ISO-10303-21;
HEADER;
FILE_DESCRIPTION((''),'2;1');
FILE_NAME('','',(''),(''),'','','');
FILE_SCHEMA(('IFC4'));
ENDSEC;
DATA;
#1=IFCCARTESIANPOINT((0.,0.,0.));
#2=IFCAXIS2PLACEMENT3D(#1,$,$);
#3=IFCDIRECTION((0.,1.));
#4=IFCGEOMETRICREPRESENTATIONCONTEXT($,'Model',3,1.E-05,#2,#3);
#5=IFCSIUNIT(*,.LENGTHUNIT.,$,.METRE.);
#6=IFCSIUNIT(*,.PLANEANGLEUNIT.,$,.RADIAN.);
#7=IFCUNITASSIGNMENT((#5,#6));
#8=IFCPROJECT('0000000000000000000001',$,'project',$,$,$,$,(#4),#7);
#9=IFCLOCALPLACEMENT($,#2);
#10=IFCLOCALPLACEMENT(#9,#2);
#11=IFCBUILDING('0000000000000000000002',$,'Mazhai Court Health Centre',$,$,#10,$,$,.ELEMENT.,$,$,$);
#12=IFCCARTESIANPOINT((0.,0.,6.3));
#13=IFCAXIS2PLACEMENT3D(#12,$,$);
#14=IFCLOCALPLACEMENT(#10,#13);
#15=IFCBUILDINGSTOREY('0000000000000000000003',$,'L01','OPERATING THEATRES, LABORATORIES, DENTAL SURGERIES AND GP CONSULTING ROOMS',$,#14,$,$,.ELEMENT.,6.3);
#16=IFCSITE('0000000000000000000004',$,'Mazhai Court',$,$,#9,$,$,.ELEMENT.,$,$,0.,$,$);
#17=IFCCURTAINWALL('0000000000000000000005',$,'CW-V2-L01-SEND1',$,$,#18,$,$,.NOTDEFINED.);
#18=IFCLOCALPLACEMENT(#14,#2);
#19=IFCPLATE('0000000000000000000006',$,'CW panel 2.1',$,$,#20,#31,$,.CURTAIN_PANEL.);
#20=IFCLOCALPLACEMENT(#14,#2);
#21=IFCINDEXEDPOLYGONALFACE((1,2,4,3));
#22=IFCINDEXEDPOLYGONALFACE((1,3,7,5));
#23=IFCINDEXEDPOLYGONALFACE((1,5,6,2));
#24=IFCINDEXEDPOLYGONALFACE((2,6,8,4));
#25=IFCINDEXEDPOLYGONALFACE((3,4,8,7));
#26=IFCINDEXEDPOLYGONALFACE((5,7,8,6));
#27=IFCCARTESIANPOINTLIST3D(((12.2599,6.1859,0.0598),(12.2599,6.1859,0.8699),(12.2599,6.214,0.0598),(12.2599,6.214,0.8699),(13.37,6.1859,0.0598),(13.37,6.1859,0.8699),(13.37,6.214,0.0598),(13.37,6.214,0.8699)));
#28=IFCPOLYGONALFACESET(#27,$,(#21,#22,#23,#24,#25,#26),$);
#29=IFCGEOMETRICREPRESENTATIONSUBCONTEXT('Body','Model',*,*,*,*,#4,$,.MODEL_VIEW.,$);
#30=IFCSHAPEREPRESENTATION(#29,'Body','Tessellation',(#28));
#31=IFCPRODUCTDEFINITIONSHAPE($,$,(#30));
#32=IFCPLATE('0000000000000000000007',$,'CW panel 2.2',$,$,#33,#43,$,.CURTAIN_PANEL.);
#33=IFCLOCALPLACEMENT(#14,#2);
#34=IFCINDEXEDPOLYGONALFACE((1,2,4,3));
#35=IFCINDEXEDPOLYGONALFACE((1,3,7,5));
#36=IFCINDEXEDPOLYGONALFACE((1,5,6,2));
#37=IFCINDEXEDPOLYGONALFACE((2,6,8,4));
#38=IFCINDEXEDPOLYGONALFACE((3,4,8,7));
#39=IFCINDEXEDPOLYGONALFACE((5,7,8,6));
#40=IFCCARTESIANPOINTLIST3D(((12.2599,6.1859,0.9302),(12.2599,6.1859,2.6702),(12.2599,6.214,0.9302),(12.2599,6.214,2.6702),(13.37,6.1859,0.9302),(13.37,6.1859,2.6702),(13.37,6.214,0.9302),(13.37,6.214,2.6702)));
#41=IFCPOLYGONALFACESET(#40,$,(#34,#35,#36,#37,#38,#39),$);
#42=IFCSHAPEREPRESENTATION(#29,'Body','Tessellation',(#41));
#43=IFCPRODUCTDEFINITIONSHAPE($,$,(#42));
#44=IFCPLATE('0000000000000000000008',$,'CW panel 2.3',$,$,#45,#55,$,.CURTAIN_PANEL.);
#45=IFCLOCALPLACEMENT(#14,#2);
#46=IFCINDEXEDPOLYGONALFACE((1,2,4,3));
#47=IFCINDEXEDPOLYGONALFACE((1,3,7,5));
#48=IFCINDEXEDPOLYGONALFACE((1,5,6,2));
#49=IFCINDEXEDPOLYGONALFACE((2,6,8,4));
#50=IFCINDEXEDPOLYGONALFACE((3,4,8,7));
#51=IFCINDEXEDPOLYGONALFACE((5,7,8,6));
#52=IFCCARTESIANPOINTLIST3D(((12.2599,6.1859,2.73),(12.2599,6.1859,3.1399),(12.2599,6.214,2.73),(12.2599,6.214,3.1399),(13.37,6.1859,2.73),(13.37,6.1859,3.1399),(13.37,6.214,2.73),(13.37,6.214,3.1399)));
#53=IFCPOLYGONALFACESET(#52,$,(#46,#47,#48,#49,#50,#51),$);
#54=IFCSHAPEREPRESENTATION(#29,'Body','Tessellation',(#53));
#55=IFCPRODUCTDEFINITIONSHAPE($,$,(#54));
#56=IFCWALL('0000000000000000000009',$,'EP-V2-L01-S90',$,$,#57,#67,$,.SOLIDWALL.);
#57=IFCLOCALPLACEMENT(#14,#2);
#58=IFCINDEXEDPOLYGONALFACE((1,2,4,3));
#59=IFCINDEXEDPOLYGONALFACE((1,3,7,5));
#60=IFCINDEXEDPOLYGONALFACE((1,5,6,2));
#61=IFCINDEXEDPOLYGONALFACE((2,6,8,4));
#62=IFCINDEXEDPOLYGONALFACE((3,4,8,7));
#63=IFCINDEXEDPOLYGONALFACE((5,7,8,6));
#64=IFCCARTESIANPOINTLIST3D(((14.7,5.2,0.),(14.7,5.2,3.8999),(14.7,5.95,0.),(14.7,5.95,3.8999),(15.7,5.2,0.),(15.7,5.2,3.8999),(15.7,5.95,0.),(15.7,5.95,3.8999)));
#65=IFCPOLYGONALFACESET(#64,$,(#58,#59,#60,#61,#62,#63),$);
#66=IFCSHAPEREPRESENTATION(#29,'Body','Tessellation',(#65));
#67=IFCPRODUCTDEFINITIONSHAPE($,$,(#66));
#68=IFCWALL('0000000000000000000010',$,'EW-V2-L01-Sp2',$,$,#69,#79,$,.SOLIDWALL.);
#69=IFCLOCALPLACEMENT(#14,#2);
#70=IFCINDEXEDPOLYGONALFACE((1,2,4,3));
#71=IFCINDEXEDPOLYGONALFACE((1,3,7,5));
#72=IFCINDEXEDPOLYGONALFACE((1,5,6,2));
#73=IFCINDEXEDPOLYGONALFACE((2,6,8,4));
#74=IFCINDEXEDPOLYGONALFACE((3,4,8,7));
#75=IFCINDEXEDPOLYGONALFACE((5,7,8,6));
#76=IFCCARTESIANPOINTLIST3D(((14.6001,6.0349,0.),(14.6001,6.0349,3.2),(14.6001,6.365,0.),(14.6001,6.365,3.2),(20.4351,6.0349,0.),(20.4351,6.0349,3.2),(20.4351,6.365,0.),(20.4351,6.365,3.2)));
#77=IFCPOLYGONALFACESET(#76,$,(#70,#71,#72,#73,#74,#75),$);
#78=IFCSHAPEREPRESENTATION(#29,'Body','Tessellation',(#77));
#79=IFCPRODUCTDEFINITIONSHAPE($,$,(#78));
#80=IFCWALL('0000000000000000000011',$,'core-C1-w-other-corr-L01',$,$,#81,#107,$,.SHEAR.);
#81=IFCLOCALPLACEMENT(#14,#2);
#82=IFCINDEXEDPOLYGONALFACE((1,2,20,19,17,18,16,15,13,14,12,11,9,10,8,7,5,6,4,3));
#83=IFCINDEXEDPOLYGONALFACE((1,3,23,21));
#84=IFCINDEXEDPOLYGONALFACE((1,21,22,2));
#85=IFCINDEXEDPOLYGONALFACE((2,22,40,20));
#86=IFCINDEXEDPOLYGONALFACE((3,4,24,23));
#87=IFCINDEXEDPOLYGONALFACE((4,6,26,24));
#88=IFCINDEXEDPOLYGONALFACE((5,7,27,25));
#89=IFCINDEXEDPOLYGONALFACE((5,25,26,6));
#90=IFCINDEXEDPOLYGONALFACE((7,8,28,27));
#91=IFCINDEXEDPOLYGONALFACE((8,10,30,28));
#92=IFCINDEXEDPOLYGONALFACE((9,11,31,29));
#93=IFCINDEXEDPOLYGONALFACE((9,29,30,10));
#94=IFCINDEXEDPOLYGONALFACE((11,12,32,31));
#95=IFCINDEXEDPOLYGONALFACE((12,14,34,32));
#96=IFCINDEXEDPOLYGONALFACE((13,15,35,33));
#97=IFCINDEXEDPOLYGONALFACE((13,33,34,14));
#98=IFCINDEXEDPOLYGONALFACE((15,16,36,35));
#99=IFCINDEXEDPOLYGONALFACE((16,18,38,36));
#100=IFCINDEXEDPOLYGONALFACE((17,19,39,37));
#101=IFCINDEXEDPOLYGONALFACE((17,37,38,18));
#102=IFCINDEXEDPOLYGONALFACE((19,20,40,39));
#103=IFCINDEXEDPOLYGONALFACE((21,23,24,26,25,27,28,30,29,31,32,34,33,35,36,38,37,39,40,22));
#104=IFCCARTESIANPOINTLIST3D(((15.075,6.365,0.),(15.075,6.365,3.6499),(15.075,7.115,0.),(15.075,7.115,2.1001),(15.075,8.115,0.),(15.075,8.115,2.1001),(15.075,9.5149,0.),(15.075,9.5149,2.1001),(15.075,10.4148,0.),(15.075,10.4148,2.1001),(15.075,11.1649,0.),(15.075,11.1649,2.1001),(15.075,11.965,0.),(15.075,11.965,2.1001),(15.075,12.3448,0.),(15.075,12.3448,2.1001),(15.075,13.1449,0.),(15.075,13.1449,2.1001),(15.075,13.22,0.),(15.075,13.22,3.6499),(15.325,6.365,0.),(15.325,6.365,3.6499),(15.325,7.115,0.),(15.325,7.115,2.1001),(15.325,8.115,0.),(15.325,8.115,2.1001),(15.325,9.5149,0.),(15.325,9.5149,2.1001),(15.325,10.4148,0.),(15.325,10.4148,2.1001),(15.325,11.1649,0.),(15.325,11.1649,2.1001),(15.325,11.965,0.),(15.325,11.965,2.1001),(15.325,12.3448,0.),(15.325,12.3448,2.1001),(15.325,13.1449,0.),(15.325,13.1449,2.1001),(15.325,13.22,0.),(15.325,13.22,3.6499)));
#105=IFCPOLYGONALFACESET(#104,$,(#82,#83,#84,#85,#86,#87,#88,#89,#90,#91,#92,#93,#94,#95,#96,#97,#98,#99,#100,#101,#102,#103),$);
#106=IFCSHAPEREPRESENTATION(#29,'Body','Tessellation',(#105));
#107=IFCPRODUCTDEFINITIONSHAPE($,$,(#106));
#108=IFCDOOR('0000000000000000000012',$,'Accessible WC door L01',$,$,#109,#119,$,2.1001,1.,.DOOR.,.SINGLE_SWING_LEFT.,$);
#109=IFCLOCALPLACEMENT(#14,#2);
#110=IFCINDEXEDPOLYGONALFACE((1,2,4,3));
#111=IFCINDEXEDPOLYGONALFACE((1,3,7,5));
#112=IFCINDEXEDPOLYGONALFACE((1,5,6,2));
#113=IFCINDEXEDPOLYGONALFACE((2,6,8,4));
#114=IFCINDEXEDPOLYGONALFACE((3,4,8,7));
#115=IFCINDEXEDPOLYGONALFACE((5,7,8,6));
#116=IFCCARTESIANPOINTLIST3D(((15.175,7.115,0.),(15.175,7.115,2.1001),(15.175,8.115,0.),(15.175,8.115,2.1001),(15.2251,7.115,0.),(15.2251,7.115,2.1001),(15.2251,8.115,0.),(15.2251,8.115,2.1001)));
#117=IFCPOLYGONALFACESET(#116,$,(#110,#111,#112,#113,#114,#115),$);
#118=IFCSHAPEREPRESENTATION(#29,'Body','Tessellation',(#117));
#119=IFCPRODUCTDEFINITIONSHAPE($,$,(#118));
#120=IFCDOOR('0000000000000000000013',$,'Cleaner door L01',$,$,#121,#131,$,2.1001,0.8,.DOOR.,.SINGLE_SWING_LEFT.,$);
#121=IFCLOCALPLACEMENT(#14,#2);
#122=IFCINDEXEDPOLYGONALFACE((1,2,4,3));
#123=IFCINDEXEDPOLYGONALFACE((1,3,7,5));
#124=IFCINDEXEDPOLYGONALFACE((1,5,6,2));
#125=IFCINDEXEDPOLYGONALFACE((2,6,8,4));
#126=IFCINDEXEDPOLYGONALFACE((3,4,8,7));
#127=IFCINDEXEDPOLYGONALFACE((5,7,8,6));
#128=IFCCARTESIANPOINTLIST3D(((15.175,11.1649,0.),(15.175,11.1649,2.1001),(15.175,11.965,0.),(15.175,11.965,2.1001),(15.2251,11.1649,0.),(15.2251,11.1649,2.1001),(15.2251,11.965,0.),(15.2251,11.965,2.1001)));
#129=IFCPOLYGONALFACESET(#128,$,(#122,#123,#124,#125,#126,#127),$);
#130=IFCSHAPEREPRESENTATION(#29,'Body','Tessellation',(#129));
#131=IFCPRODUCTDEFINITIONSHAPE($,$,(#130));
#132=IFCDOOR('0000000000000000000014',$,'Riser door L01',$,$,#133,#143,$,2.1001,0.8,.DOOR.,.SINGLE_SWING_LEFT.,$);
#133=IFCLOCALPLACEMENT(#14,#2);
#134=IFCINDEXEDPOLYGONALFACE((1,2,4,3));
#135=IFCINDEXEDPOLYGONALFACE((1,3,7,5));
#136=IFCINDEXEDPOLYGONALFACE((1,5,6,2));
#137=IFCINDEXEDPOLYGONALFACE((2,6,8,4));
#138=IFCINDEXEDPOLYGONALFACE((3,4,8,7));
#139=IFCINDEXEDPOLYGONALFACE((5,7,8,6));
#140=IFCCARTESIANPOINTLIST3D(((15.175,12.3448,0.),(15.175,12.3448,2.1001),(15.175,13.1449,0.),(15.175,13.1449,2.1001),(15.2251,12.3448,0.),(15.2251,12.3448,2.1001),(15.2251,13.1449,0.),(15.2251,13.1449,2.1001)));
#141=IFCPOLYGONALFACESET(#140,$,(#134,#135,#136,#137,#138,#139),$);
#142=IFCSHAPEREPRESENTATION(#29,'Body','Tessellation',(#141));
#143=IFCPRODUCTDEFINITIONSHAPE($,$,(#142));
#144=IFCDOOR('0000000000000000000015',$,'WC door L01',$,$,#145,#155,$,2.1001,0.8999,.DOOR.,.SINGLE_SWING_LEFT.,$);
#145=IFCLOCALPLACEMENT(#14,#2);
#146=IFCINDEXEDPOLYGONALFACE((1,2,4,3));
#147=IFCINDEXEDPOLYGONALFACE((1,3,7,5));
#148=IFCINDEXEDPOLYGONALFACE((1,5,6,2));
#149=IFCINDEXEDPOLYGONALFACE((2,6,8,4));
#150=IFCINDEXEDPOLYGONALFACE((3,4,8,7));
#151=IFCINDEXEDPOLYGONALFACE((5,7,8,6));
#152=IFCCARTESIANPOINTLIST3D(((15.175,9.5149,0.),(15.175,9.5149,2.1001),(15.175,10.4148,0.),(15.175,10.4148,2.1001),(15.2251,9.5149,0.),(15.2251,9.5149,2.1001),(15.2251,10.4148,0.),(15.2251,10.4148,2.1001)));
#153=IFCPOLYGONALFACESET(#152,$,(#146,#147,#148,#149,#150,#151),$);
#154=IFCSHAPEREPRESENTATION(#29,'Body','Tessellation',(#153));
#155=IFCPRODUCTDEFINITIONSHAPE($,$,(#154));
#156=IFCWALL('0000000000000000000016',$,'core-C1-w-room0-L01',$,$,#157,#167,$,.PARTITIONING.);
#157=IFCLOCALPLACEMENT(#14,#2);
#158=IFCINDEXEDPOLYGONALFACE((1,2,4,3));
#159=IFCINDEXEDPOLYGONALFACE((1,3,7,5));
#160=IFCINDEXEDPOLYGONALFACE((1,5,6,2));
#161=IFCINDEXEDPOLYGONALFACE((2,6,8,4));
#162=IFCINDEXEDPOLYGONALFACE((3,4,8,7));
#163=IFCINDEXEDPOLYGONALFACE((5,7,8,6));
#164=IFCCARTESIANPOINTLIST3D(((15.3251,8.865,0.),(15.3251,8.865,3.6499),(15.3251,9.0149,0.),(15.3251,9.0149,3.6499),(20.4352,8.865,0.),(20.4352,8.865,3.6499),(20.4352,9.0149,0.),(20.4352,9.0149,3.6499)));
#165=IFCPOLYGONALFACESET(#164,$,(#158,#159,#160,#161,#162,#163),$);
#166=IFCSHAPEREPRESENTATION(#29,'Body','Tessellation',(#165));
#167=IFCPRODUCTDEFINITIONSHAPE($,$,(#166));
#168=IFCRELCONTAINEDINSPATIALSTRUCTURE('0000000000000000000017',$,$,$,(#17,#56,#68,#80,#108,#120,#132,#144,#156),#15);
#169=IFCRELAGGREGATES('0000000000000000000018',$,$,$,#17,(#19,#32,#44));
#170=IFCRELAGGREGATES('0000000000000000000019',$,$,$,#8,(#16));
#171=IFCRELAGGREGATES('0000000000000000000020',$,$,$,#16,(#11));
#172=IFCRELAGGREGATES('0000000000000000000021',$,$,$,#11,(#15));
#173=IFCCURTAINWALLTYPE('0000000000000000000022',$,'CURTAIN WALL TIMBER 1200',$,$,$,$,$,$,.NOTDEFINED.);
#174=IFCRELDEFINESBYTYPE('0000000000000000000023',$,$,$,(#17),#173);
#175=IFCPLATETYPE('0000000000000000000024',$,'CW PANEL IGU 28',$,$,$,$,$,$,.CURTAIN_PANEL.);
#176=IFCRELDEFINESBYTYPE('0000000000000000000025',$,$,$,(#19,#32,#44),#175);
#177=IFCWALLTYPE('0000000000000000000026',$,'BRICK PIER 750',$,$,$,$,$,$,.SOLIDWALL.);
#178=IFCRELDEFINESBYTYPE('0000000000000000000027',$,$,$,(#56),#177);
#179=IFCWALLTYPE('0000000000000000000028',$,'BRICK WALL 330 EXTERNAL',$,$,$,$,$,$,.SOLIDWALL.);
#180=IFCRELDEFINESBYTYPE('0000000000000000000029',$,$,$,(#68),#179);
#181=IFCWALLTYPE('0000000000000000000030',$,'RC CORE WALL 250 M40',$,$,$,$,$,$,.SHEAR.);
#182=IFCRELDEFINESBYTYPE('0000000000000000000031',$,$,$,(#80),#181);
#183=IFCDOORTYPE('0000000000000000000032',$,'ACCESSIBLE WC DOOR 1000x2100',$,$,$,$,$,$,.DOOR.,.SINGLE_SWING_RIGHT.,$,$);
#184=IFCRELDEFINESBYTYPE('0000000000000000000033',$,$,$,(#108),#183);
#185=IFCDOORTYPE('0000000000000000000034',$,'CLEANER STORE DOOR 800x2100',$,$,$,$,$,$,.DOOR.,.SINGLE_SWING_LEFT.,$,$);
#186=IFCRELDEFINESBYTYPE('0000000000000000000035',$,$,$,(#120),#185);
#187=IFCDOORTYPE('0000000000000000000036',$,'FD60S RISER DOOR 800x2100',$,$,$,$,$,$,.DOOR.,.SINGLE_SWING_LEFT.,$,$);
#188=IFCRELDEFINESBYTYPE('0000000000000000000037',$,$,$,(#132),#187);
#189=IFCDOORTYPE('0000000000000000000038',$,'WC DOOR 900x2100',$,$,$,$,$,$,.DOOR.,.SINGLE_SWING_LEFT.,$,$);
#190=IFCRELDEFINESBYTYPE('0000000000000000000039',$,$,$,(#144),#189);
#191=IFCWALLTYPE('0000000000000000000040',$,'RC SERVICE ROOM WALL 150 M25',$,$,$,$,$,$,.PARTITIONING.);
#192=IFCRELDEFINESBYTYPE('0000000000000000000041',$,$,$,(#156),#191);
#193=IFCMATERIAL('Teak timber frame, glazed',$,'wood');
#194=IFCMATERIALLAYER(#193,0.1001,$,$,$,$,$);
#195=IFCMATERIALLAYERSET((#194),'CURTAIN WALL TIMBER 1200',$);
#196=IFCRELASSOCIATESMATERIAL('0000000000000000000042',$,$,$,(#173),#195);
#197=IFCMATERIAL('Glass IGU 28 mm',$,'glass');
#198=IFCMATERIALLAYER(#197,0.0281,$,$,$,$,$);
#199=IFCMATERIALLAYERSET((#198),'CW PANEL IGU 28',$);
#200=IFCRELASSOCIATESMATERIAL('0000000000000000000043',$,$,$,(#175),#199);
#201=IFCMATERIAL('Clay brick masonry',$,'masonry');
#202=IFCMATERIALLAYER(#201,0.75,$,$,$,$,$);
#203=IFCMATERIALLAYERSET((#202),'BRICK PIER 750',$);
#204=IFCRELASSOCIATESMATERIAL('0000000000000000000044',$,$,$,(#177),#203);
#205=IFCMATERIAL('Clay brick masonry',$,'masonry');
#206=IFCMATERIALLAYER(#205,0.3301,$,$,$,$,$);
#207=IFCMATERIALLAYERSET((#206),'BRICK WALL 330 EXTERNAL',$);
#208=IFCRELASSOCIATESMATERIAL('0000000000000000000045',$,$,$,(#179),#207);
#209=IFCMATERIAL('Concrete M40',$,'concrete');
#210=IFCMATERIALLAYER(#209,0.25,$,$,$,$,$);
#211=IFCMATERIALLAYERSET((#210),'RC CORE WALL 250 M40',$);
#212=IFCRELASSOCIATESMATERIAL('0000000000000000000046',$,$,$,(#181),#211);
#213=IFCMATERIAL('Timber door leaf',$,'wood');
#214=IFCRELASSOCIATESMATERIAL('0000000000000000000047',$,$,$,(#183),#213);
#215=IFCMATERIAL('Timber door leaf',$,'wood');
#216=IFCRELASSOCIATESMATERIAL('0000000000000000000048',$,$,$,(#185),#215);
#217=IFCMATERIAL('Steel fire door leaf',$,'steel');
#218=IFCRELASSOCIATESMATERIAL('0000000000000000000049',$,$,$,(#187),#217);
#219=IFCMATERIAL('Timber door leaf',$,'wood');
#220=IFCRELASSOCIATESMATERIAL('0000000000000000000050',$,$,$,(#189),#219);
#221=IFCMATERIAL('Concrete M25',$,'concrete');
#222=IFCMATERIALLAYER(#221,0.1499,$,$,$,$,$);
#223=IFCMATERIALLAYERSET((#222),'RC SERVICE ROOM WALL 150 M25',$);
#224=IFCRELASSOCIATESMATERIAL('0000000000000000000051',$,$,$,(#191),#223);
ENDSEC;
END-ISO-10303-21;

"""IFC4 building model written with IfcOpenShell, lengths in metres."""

from ifc_helpers import new_model, si_unit, direction, frame, frame_2d, origin, origin_2d, place, context, subcontext, project, spatial, rectangle, extrude, material, layer, layer_set, type_object, element, fill, aggregate, save


model = new_model("IFC4")

# Units and contexts
model_context = context("Model", 3, precision=1e-05, world=origin(), true_north=direction((0.0, 1.0)))
body_context = subcontext(model_context, "Body", "Model", "MODEL_VIEW")
ifc_project = project(units=[si_unit("LENGTHUNIT", "METRE"), si_unit("PLANEANGLEUNIT", "RADIAN")], contexts=[model_context])

# Site, building, storey
site_placement = place(None, origin())
site = spatial("IfcSite", under=ifc_project, at=site_placement, Name="Mazhai Court", CompositionType="ELEMENT", RefElevation=0.0)
building_placement = place(site_placement, origin())
building = spatial("IfcBuilding", under=site, at=building_placement, Name="Mazhai Court Health Centre", CompositionType="ELEMENT")
storey_placement = place(building_placement, frame((0.0, 0.0, 6.3)))
storey = spatial("IfcBuildingStorey", under=building, at=storey_placement, Name="L01", Description="OPERATING THEATRES, LABORATORIES, DENTAL SURGERIES AND GP CONSULTING ROOMS", CompositionType="ELEMENT", Elevation=6.3)

# Curtain wall, plates
ifc_material_1 = material(Name="Teak timber frame, glazed", Category="wood")
ifc_layer_1 = layer(ifc_material_1, 0.1001)
ifc_layer_set_1 = layer_set([ifc_layer_1], Name="CURTAIN WALL TIMBER 1200")
curtain_wall_type = type_object("IfcCurtainWallType", Name="CURTAIN WALL TIMBER 1200", PredefinedType="NOTDEFINED", material=ifc_layer_set_1)
curtain_wall_placement = place(storey_placement, origin())
curtain_wall = element("IfcCurtainWall", 1, at=curtain_wall_placement, inside=storey, type_object=curtain_wall_type, Name="CW-V2-L01-SEND1", PredefinedType="NOTDEFINED")
ifc_material_2 = material(Name="Glass IGU 28 mm", Category="glass")
ifc_layer_2 = layer(ifc_material_2, 0.0281)
ifc_layer_set_2 = layer_set([ifc_layer_2], Name="CW PANEL IGU 28")
plate_type = type_object("IfcPlateType", Name="CW PANEL IGU 28", PredefinedType="CURTAIN_PANEL", material=ifc_layer_set_2)
plate_1_placement = place(storey_placement, frame((12.8149, 6.2, 0.0598), z_axis=(0.0, 0.0, 1.0), x_axis=(-1.0, 0.0, 0.0)))
plate_1 = element("IfcPlate", 2, at=plate_1_placement, type_object=plate_type, Name="CW panel 2.1", PredefinedType="CURTAIN_PANEL", context=body_context, shape_type="SweptSolid", body=[
    extrude(rectangle(XDim=1.1101, YDim=0.0281, at=origin_2d()), origin(), (0.0, 0.0, 1.0), 0.8101),
])
plate_2_placement = place(storey_placement, frame((12.8149, 6.2, 0.9302), z_axis=(0.0, 0.0, 1.0), x_axis=(-1.0, 0.0, 0.0)))
plate_2 = element("IfcPlate", 3, at=plate_2_placement, type_object=plate_type, Name="CW panel 2.2", PredefinedType="CURTAIN_PANEL", context=body_context, shape_type="SweptSolid", body=[
    extrude(rectangle(XDim=1.1101, YDim=0.0281, at=origin_2d()), origin(), (0.0, 0.0, 1.0), 1.74),
])
plate_3_placement = place(storey_placement, frame((12.8149, 6.2, 2.73), z_axis=(0.0, 0.0, 1.0), x_axis=(-1.0, 0.0, 0.0)))
plate_3 = element("IfcPlate", 4, at=plate_3_placement, type_object=plate_type, Name="CW panel 2.3", PredefinedType="CURTAIN_PANEL", context=body_context, shape_type="SweptSolid", body=[
    extrude(rectangle(XDim=1.1101, YDim=0.0281, at=origin_2d()), origin(), (0.0, 0.0, 1.0), 0.4099),
])
aggregate(curtain_wall, [plate_1, plate_2, plate_3])

# Walls
ifc_material_3 = material(Name="Clay brick masonry", Category="masonry")
ifc_layer_3 = layer(ifc_material_3, 0.75)
ifc_layer_set_3 = layer_set([ifc_layer_3], Name="BRICK PIER 750")
wall_type_1 = type_object("IfcWallType", Name="BRICK PIER 750", PredefinedType="SOLIDWALL", material=ifc_layer_set_3)
wall_1_placement = place(storey_placement, frame((15.7, 5.575, 0.0), z_axis=(0.0, 0.0, 1.0), x_axis=(-1.0, 0.0, 0.0)))
element("IfcWall", 5, at=wall_1_placement, inside=storey, type_object=wall_type_1, Name="EP-V2-L01-S90", PredefinedType="SOLIDWALL", context=body_context, shape_type="SweptSolid", body=[
    extrude(rectangle(XDim=1.0, YDim=0.75, at=frame_2d((0.5, 0.0))), origin(), (0.0, 0.0, 1.0), 3.8999),
])
ifc_material_4 = material(Name="Clay brick masonry", Category="masonry")
ifc_layer_4 = layer(ifc_material_4, 0.3301)
ifc_layer_set_4 = layer_set([ifc_layer_4], Name="BRICK WALL 330 EXTERNAL")
wall_type_2 = type_object("IfcWallType", Name="BRICK WALL 330 EXTERNAL", PredefinedType="SOLIDWALL", material=ifc_layer_set_4)
wall_2_placement = place(storey_placement, frame((20.4351, 6.2, 0.0), z_axis=(0.0, 0.0, 1.0), x_axis=(-1.0, 0.0, 0.0)))
element("IfcWall", 6, at=wall_2_placement, inside=storey, type_object=wall_type_2, Name="EW-V2-L01-Sp2", PredefinedType="SOLIDWALL", context=body_context, shape_type="SweptSolid", body=[
    extrude(rectangle(XDim=5.835, YDim=0.3301, at=frame_2d((2.9175, 0.0))), origin(), (0.0, 0.0, 1.0), 3.2),
])

# Wall, openings, doors
ifc_material_5 = material(Name="Concrete M40", Category="concrete")
ifc_layer_5 = layer(ifc_material_5, 0.25)
ifc_layer_set_5 = layer_set([ifc_layer_5], Name="RC CORE WALL 250 M40")
wall_type_3 = type_object("IfcWallType", Name="RC CORE WALL 250 M40", PredefinedType="SHEAR", material=ifc_layer_set_5)
wall_3_placement = place(storey_placement, frame((15.2, 6.365, 0.0), z_axis=(0.0, 0.0, 1.0), x_axis=(0.0, 1.0, 0.0)))
wall_3 = element("IfcWall", 7, at=wall_3_placement, inside=storey, type_object=wall_type_3, Name="core-C1-w-other-corr-L01", PredefinedType="SHEAR", context=body_context, shape_type="SweptSolid", body=[
    extrude(rectangle(XDim=6.855, YDim=0.25, at=frame_2d((3.4275, 0.0))), origin(), (0.0, 0.0, 1.0), 3.6499),
])
opening_1_placement = place(wall_3_placement, frame((0.75, 0.0, 0.0)))
opening_1 = element("IfcOpeningElement", 8, at=opening_1_placement, cuts=wall_3, PredefinedType="OPENING", context=body_context, shape_type="SweptSolid", body=[
    extrude(rectangle(XDim=1.0, YDim=2.1001, at=frame_2d((0.5, 1.05))), frame((0.0, 0.135, 0.0), z_axis=(0.0, -1.0, 0.0), x_axis=(1.0, 0.0, 0.0)), (0.0, 0.0, 1.0), 0.27),
])
opening_2_placement = place(wall_3_placement, frame((3.1499, 0.0, 0.0)))
opening_2 = element("IfcOpeningElement", 9, at=opening_2_placement, cuts=wall_3, PredefinedType="OPENING", context=body_context, shape_type="SweptSolid", body=[
    extrude(rectangle(XDim=0.8999, YDim=2.1001, at=frame_2d((0.45, 1.05))), frame((0.0, 0.135, 0.0), z_axis=(0.0, -1.0, 0.0), x_axis=(1.0, 0.0, 0.0)), (0.0, 0.0, 1.0), 0.27),
])
opening_3_placement = place(wall_3_placement, frame((4.8, 0.0, 0.0)))
opening_3 = element("IfcOpeningElement", 10, at=opening_3_placement, cuts=wall_3, PredefinedType="OPENING", context=body_context, shape_type="SweptSolid", body=[
    extrude(rectangle(XDim=0.8, YDim=2.1001, at=frame_2d((0.3999, 1.05))), frame((0.0, 0.135, 0.0), z_axis=(0.0, -1.0, 0.0), x_axis=(1.0, 0.0, 0.0)), (0.0, 0.0, 1.0), 0.27),
])
opening_4_placement = place(wall_3_placement, frame((5.98, 0.0, 0.0)))
opening_4 = element("IfcOpeningElement", 11, at=opening_4_placement, cuts=wall_3, PredefinedType="OPENING", context=body_context, shape_type="SweptSolid", body=[
    extrude(rectangle(XDim=0.8, YDim=2.1001, at=frame_2d((0.3999, 1.05))), frame((0.0, 0.135, 0.0), z_axis=(0.0, -1.0, 0.0), x_axis=(1.0, 0.0, 0.0)), (0.0, 0.0, 1.0), 0.27),
])
ifc_material_6 = material(Name="Timber door leaf", Category="wood")
door_type_1 = type_object("IfcDoorType", Name="ACCESSIBLE WC DOOR 1000x2100", OperationType="SINGLE_SWING_RIGHT", PredefinedType="DOOR", material=ifc_material_6)
door_1_placement = place(opening_1_placement, origin())
door_1 = element("IfcDoor", 12, at=door_1_placement, inside=storey, type_object=door_type_1, Name="Accessible WC door L01", OperationType="SINGLE_SWING_LEFT", OverallHeight=2.1001, OverallWidth=1.0, PredefinedType="DOOR", context=body_context, shape_type="SweptSolid", body=[
    extrude(rectangle(XDim=1.0, YDim=2.1001, at=frame_2d((0.5, 1.05))), frame((0.0, 0.0249, 0.0), z_axis=(0.0, -1.0, 0.0), x_axis=(1.0, 0.0, 0.0)), (0.0, 0.0, 1.0), 0.05),
])
fill(opening_1, door_1)
ifc_material_7 = material(Name="Timber door leaf", Category="wood")
door_type_2 = type_object("IfcDoorType", Name="CLEANER STORE DOOR 800x2100", OperationType="SINGLE_SWING_LEFT", PredefinedType="DOOR", material=ifc_material_7)
door_2_placement = place(opening_3_placement, origin())
door_2 = element("IfcDoor", 13, at=door_2_placement, inside=storey, type_object=door_type_2, Name="Cleaner door L01", OperationType="SINGLE_SWING_LEFT", OverallHeight=2.1001, OverallWidth=0.8, PredefinedType="DOOR", context=body_context, shape_type="SweptSolid", body=[
    extrude(rectangle(XDim=0.8, YDim=2.1001, at=frame_2d((0.3999, 1.05))), frame((0.0, 0.0249, 0.0), z_axis=(0.0, -1.0, 0.0), x_axis=(1.0, 0.0, 0.0)), (0.0, 0.0, 1.0), 0.05),
])
fill(opening_3, door_2)
ifc_material_8 = material(Name="Steel fire door leaf", Category="steel")
door_type_3 = type_object("IfcDoorType", Name="FD60S RISER DOOR 800x2100", OperationType="SINGLE_SWING_LEFT", PredefinedType="DOOR", material=ifc_material_8)
door_3_placement = place(opening_4_placement, origin())
door_3 = element("IfcDoor", 14, at=door_3_placement, inside=storey, type_object=door_type_3, Name="Riser door L01", OperationType="SINGLE_SWING_LEFT", OverallHeight=2.1001, OverallWidth=0.8, PredefinedType="DOOR", context=body_context, shape_type="SweptSolid", body=[
    extrude(rectangle(XDim=0.8, YDim=2.1001, at=frame_2d((0.3999, 1.05))), frame((0.0, 0.0249, 0.0), z_axis=(0.0, -1.0, 0.0), x_axis=(1.0, 0.0, 0.0)), (0.0, 0.0, 1.0), 0.05),
])
fill(opening_4, door_3)
ifc_material_9 = material(Name="Timber door leaf", Category="wood")
door_type_4 = type_object("IfcDoorType", Name="WC DOOR 900x2100", OperationType="SINGLE_SWING_LEFT", PredefinedType="DOOR", material=ifc_material_9)
door_4_placement = place(opening_2_placement, origin())
door_4 = element("IfcDoor", 15, at=door_4_placement, inside=storey, type_object=door_type_4, Name="WC door L01", OperationType="SINGLE_SWING_LEFT", OverallHeight=2.1001, OverallWidth=0.8999, PredefinedType="DOOR", context=body_context, shape_type="SweptSolid", body=[
    extrude(rectangle(XDim=0.8999, YDim=2.1001, at=frame_2d((0.45, 1.05))), frame((0.0, 0.0249, 0.0), z_axis=(0.0, -1.0, 0.0), x_axis=(1.0, 0.0, 0.0)), (0.0, 0.0, 1.0), 0.05),
])
fill(opening_2, door_4)

# Wall
ifc_material_10 = material(Name="Concrete M25", Category="concrete")
ifc_layer_6 = layer(ifc_material_10, 0.1499)
ifc_layer_set_6 = layer_set([ifc_layer_6], Name="RC SERVICE ROOM WALL 150 M25")
wall_type_4 = type_object("IfcWallType", Name="RC SERVICE ROOM WALL 150 M25", PredefinedType="PARTITIONING", material=ifc_layer_set_6)
for number, where, z_axis, x_axis, name in (
    (16, (15.325, 8.9399, 0.0), (0.0, 0.0, 1.0), (1.0, 0.0, 0.0), "core-C1-w-room0-L01"),
):
    element("IfcWall", number, at=place(storey_placement, frame(where, z_axis=z_axis, x_axis=x_axis)), inside=storey, type_object=wall_type_4, Name=name, PredefinedType="PARTITIONING", context=body_context, shape_type="SweptSolid", body=[
        extrude(rectangle(XDim=5.1101, YDim=0.1499, at=frame_2d((2.5552, 0.0))), origin(), (0.0, 0.0, 1.0), 3.6499),
    ])

save(model, "model.ifc")
